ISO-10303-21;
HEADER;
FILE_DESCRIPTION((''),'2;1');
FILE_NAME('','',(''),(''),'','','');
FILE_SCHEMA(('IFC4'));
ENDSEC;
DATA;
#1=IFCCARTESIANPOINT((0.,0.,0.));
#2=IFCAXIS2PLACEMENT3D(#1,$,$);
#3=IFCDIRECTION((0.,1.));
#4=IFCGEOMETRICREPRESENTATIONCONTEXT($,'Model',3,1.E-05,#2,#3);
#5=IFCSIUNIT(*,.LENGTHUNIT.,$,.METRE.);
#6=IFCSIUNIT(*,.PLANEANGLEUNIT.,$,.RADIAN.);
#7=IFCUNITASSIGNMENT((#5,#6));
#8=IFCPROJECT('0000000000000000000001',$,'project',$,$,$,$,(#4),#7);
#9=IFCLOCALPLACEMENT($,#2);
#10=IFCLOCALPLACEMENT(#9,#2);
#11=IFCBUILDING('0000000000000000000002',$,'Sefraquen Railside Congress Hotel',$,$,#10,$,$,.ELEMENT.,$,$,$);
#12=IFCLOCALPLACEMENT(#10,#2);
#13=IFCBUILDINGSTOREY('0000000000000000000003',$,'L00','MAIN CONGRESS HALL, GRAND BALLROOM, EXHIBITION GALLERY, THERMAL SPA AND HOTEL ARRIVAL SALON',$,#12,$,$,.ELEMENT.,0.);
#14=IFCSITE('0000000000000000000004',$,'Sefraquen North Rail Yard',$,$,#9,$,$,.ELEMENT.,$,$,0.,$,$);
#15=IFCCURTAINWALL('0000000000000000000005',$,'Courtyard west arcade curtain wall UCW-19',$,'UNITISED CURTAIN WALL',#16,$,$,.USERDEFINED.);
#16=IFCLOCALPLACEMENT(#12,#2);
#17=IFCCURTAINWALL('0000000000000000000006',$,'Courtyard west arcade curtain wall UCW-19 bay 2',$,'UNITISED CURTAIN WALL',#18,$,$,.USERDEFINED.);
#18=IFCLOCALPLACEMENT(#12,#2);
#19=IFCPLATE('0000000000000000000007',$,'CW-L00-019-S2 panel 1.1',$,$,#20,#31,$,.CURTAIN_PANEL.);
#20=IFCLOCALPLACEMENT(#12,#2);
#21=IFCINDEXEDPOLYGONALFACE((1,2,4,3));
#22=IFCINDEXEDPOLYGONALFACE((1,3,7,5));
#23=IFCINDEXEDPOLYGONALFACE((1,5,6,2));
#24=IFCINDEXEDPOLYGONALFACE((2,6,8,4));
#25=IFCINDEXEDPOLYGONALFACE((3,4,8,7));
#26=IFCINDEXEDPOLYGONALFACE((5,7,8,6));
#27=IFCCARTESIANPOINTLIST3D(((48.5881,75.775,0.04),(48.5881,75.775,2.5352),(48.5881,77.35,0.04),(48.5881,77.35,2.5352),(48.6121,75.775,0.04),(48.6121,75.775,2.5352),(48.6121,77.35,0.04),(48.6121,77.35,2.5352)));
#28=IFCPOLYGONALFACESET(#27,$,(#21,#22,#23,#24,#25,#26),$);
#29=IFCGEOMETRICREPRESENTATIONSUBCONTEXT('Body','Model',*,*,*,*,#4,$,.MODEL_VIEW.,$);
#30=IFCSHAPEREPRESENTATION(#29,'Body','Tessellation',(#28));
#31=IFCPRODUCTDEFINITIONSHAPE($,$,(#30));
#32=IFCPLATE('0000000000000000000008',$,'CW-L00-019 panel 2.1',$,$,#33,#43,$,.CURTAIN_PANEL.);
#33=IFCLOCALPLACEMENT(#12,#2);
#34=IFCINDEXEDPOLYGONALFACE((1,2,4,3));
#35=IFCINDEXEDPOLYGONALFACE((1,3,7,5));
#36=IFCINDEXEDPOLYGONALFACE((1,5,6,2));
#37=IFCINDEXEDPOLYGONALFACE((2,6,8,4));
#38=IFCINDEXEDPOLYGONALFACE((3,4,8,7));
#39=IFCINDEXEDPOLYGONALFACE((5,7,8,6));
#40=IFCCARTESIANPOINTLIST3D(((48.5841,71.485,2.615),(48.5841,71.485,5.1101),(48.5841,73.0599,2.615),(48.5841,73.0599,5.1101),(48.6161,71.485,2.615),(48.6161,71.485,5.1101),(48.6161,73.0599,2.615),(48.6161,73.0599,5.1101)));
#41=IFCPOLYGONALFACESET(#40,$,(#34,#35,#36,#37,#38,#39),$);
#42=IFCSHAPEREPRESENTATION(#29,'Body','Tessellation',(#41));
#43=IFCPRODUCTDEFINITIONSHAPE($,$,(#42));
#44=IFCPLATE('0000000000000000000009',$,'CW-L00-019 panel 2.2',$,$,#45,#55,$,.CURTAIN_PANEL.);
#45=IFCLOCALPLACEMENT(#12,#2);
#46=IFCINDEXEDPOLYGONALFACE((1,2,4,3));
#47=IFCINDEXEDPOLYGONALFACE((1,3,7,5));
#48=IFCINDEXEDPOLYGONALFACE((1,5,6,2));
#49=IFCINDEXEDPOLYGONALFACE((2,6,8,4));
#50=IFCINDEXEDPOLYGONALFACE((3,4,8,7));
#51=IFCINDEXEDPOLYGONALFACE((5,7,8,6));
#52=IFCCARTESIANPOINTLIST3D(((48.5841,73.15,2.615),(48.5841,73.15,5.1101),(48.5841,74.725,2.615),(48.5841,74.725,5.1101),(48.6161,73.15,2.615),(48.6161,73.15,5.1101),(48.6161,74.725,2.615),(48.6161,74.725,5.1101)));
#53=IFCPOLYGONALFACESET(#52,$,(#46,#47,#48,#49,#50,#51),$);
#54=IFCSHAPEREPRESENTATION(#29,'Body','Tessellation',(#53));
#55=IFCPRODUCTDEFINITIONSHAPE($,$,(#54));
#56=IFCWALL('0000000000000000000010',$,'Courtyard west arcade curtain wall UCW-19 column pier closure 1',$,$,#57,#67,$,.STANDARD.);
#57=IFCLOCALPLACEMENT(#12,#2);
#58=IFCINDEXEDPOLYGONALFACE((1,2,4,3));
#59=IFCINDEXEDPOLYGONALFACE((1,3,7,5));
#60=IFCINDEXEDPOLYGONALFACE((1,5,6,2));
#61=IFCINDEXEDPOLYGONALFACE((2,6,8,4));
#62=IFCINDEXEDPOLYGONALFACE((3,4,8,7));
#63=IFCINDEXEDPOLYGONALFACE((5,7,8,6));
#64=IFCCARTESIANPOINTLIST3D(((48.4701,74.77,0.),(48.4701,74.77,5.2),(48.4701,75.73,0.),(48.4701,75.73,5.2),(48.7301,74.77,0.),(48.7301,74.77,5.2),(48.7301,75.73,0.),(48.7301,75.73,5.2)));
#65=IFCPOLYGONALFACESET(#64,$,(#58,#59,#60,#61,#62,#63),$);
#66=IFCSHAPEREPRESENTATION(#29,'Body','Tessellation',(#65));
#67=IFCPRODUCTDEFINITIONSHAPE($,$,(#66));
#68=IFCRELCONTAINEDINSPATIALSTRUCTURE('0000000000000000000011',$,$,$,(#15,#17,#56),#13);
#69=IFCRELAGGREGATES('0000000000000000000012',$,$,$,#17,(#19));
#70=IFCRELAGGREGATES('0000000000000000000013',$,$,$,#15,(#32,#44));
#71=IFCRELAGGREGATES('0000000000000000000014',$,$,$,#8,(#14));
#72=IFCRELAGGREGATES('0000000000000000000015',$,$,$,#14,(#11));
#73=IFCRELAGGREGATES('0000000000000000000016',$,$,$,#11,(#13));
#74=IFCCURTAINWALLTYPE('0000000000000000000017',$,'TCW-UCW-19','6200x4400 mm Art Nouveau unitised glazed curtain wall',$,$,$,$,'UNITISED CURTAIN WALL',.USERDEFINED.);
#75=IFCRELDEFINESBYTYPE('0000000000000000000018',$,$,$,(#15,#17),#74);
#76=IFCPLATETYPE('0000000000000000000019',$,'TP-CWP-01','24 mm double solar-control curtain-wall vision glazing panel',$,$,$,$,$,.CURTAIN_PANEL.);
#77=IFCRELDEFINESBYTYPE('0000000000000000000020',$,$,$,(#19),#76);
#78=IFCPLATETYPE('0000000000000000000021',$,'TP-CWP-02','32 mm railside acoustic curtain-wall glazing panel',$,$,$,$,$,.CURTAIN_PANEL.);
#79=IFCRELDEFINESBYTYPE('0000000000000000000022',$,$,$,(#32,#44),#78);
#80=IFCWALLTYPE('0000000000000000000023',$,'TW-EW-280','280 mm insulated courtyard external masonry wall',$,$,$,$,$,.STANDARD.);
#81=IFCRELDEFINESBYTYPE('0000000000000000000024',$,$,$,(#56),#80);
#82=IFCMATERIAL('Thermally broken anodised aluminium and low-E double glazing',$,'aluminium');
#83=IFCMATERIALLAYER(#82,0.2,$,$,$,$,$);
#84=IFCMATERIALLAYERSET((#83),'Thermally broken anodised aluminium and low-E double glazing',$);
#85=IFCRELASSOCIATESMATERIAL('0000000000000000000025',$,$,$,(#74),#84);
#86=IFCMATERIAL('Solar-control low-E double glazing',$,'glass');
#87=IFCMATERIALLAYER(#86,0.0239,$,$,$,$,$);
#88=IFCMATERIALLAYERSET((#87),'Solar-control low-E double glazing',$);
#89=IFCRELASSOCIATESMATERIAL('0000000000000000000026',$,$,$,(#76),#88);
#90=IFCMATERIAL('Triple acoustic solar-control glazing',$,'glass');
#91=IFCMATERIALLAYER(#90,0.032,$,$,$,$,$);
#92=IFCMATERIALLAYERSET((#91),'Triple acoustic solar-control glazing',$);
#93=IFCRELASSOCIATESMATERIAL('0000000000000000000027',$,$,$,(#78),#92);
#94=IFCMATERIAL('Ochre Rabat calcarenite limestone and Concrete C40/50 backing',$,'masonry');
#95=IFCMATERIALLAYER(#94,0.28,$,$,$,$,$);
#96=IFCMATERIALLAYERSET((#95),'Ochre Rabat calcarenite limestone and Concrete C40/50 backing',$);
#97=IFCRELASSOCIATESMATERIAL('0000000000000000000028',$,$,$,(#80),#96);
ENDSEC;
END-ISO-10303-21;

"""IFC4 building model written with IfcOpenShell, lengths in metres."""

from ifc_helpers import new_model, si_unit, direction, frame, frame_2d, origin, origin_2d, place, context, subcontext, project, spatial, rectangle, extrude, material, layer, layer_set, type_object, element, aggregate, save


model = new_model("IFC4")

# Units and contexts
model_context = context("Model", 3, precision=1e-05, world=origin(), true_north=direction((0.0, 1.0)))
body_context = subcontext(model_context, "Body", "Model", "MODEL_VIEW")
ifc_project = project(units=[si_unit("LENGTHUNIT", "METRE"), si_unit("PLANEANGLEUNIT", "RADIAN")], contexts=[model_context])

# Site, building, storey
site_placement = place(None, origin())
site = spatial("IfcSite", under=ifc_project, at=site_placement, Name="Sefraquen North Rail Yard", CompositionType="ELEMENT", RefElevation=0.0)
building_placement = place(site_placement, origin())
building = spatial("IfcBuilding", under=site, at=building_placement, Name="Sefraquen Railside Congress Hotel", CompositionType="ELEMENT")
storey_placement = place(building_placement, origin())
storey = spatial("IfcBuildingStorey", under=building, at=storey_placement, Name="L00", Description="MAIN CONGRESS HALL, GRAND BALLROOM, EXHIBITION GALLERY, THERMAL SPA AND HOTEL ARRIVAL SALON", CompositionType="ELEMENT", Elevation=0.0)

# Curtain wall
ifc_material_1 = material(Name="Thermally broken anodised aluminium and low-E double glazing", Category="aluminium")
ifc_layer_1 = layer(ifc_material_1, 0.2)
ifc_layer_set_1 = layer_set([ifc_layer_1], Name="Thermally broken anodised aluminium and low-E double glazing")
curtain_wall_type = type_object("IfcCurtainWallType", Name="TCW-UCW-19", Description="6200x4400 mm Art Nouveau unitised glazed curtain wall", ElementType="UNITISED CURTAIN WALL", PredefinedType="USERDEFINED", material=ifc_layer_set_1)
curtain_wall_1_placement = place(storey_placement, origin())
curtain_wall_1 = element("IfcCurtainWall", 1, at=curtain_wall_1_placement, inside=storey, type_object=curtain_wall_type, Name="Courtyard west arcade curtain wall UCW-19", ObjectType="UNITISED CURTAIN WALL", PredefinedType="USERDEFINED")

# Curtain wall
curtain_wall_2_placement = place(storey_placement, origin())
curtain_wall_2 = element("IfcCurtainWall", 2, at=curtain_wall_2_placement, inside=storey, type_object=curtain_wall_type, Name="Courtyard west arcade curtain wall UCW-19 bay 2", ObjectType="UNITISED CURTAIN WALL", PredefinedType="USERDEFINED")

# Plates
ifc_material_2 = material(Name="Solar-control low-E double glazing", Category="glass")
ifc_layer_2 = layer(ifc_material_2, 0.0239)
ifc_layer_set_2 = layer_set([ifc_layer_2], Name="Solar-control low-E double glazing")
plate_type_1 = type_object("IfcPlateType", Name="TP-CWP-01", Description="24 mm double solar-control curtain-wall vision glazing panel", PredefinedType="CURTAIN_PANEL", material=ifc_layer_set_2)
plate_1_placement = place(storey_placement, frame((48.6001, 76.5625, 0.04), z_axis=(0.0, 0.0, 1.0), x_axis=(0.0, 1.0, 0.0)))
plate_1 = element("IfcPlate", 3, at=plate_1_placement, type_object=plate_type_1, Name="CW-L00-019-S2 panel 1.1", PredefinedType="CURTAIN_PANEL", context=body_context, shape_type="SweptSolid", body=[
    extrude(rectangle(XDim=1.575, YDim=0.0239, at=origin_2d()), origin(), (0.0, 0.0, 1.0), 2.4951),
])
aggregate(curtain_wall_2, [plate_1])
ifc_material_3 = material(Name="Triple acoustic solar-control glazing", Category="glass")
ifc_layer_3 = layer(ifc_material_3, 0.032)
ifc_layer_set_3 = layer_set([ifc_layer_3], Name="Triple acoustic solar-control glazing")
plate_type_2 = type_object("IfcPlateType", Name="TP-CWP-02", Description="32 mm railside acoustic curtain-wall glazing panel", PredefinedType="CURTAIN_PANEL", material=ifc_layer_set_3)
plate_2_placement = place(storey_placement, frame((48.6001, 72.2725, 2.615), z_axis=(0.0, 0.0, 1.0), x_axis=(0.0, 1.0, 0.0)))
plate_2 = element("IfcPlate", 4, at=plate_2_placement, type_object=plate_type_2, Name="CW-L00-019 panel 2.1", PredefinedType="CURTAIN_PANEL", context=body_context, shape_type="SweptSolid", body=[
    extrude(rectangle(XDim=1.575, YDim=0.032, at=origin_2d()), origin(), (0.0, 0.0, 1.0), 2.4951),
])
plate_3_placement = place(storey_placement, frame((48.6001, 73.9375, 2.615), z_axis=(0.0, 0.0, 1.0), x_axis=(0.0, 1.0, 0.0)))
plate_3 = element("IfcPlate", 5, at=plate_3_placement, type_object=plate_type_2, Name="CW-L00-019 panel 2.2", PredefinedType="CURTAIN_PANEL", context=body_context, shape_type="SweptSolid", body=[
    extrude(rectangle(XDim=1.575, YDim=0.032, at=origin_2d()), origin(), (0.0, 0.0, 1.0), 2.4951),
])
aggregate(curtain_wall_1, [plate_2, plate_3])

# Wall
ifc_material_4 = material(Name="Ochre Rabat calcarenite limestone and Concrete C40/50 backing", Category="masonry")
ifc_layer_4 = layer(ifc_material_4, 0.28)
ifc_layer_set_4 = layer_set([ifc_layer_4], Name="Ochre Rabat calcarenite limestone and Concrete C40/50 backing")
wall_type = type_object("IfcWallType", Name="TW-EW-280", Description="280 mm insulated courtyard external masonry wall", PredefinedType="STANDARD", material=ifc_layer_set_4)
wall_placement = place(storey_placement, frame((48.6001, 74.77, 0.0), z_axis=(0.0, 0.0, 1.0), x_axis=(0.0, 1.0, 0.0)))
element("IfcWall", 6, at=wall_placement, inside=storey, type_object=wall_type, Name="Courtyard west arcade curtain wall UCW-19 column pier closure 1", PredefinedType="STANDARD", context=body_context, shape_type="SweptSolid", body=[
    extrude(rectangle(XDim=0.96, YDim=0.26, at=frame_2d((0.48, 0.0))), origin(), (0.0, 0.0, 1.0), 5.2),
])

save(model, "model.ifc")
